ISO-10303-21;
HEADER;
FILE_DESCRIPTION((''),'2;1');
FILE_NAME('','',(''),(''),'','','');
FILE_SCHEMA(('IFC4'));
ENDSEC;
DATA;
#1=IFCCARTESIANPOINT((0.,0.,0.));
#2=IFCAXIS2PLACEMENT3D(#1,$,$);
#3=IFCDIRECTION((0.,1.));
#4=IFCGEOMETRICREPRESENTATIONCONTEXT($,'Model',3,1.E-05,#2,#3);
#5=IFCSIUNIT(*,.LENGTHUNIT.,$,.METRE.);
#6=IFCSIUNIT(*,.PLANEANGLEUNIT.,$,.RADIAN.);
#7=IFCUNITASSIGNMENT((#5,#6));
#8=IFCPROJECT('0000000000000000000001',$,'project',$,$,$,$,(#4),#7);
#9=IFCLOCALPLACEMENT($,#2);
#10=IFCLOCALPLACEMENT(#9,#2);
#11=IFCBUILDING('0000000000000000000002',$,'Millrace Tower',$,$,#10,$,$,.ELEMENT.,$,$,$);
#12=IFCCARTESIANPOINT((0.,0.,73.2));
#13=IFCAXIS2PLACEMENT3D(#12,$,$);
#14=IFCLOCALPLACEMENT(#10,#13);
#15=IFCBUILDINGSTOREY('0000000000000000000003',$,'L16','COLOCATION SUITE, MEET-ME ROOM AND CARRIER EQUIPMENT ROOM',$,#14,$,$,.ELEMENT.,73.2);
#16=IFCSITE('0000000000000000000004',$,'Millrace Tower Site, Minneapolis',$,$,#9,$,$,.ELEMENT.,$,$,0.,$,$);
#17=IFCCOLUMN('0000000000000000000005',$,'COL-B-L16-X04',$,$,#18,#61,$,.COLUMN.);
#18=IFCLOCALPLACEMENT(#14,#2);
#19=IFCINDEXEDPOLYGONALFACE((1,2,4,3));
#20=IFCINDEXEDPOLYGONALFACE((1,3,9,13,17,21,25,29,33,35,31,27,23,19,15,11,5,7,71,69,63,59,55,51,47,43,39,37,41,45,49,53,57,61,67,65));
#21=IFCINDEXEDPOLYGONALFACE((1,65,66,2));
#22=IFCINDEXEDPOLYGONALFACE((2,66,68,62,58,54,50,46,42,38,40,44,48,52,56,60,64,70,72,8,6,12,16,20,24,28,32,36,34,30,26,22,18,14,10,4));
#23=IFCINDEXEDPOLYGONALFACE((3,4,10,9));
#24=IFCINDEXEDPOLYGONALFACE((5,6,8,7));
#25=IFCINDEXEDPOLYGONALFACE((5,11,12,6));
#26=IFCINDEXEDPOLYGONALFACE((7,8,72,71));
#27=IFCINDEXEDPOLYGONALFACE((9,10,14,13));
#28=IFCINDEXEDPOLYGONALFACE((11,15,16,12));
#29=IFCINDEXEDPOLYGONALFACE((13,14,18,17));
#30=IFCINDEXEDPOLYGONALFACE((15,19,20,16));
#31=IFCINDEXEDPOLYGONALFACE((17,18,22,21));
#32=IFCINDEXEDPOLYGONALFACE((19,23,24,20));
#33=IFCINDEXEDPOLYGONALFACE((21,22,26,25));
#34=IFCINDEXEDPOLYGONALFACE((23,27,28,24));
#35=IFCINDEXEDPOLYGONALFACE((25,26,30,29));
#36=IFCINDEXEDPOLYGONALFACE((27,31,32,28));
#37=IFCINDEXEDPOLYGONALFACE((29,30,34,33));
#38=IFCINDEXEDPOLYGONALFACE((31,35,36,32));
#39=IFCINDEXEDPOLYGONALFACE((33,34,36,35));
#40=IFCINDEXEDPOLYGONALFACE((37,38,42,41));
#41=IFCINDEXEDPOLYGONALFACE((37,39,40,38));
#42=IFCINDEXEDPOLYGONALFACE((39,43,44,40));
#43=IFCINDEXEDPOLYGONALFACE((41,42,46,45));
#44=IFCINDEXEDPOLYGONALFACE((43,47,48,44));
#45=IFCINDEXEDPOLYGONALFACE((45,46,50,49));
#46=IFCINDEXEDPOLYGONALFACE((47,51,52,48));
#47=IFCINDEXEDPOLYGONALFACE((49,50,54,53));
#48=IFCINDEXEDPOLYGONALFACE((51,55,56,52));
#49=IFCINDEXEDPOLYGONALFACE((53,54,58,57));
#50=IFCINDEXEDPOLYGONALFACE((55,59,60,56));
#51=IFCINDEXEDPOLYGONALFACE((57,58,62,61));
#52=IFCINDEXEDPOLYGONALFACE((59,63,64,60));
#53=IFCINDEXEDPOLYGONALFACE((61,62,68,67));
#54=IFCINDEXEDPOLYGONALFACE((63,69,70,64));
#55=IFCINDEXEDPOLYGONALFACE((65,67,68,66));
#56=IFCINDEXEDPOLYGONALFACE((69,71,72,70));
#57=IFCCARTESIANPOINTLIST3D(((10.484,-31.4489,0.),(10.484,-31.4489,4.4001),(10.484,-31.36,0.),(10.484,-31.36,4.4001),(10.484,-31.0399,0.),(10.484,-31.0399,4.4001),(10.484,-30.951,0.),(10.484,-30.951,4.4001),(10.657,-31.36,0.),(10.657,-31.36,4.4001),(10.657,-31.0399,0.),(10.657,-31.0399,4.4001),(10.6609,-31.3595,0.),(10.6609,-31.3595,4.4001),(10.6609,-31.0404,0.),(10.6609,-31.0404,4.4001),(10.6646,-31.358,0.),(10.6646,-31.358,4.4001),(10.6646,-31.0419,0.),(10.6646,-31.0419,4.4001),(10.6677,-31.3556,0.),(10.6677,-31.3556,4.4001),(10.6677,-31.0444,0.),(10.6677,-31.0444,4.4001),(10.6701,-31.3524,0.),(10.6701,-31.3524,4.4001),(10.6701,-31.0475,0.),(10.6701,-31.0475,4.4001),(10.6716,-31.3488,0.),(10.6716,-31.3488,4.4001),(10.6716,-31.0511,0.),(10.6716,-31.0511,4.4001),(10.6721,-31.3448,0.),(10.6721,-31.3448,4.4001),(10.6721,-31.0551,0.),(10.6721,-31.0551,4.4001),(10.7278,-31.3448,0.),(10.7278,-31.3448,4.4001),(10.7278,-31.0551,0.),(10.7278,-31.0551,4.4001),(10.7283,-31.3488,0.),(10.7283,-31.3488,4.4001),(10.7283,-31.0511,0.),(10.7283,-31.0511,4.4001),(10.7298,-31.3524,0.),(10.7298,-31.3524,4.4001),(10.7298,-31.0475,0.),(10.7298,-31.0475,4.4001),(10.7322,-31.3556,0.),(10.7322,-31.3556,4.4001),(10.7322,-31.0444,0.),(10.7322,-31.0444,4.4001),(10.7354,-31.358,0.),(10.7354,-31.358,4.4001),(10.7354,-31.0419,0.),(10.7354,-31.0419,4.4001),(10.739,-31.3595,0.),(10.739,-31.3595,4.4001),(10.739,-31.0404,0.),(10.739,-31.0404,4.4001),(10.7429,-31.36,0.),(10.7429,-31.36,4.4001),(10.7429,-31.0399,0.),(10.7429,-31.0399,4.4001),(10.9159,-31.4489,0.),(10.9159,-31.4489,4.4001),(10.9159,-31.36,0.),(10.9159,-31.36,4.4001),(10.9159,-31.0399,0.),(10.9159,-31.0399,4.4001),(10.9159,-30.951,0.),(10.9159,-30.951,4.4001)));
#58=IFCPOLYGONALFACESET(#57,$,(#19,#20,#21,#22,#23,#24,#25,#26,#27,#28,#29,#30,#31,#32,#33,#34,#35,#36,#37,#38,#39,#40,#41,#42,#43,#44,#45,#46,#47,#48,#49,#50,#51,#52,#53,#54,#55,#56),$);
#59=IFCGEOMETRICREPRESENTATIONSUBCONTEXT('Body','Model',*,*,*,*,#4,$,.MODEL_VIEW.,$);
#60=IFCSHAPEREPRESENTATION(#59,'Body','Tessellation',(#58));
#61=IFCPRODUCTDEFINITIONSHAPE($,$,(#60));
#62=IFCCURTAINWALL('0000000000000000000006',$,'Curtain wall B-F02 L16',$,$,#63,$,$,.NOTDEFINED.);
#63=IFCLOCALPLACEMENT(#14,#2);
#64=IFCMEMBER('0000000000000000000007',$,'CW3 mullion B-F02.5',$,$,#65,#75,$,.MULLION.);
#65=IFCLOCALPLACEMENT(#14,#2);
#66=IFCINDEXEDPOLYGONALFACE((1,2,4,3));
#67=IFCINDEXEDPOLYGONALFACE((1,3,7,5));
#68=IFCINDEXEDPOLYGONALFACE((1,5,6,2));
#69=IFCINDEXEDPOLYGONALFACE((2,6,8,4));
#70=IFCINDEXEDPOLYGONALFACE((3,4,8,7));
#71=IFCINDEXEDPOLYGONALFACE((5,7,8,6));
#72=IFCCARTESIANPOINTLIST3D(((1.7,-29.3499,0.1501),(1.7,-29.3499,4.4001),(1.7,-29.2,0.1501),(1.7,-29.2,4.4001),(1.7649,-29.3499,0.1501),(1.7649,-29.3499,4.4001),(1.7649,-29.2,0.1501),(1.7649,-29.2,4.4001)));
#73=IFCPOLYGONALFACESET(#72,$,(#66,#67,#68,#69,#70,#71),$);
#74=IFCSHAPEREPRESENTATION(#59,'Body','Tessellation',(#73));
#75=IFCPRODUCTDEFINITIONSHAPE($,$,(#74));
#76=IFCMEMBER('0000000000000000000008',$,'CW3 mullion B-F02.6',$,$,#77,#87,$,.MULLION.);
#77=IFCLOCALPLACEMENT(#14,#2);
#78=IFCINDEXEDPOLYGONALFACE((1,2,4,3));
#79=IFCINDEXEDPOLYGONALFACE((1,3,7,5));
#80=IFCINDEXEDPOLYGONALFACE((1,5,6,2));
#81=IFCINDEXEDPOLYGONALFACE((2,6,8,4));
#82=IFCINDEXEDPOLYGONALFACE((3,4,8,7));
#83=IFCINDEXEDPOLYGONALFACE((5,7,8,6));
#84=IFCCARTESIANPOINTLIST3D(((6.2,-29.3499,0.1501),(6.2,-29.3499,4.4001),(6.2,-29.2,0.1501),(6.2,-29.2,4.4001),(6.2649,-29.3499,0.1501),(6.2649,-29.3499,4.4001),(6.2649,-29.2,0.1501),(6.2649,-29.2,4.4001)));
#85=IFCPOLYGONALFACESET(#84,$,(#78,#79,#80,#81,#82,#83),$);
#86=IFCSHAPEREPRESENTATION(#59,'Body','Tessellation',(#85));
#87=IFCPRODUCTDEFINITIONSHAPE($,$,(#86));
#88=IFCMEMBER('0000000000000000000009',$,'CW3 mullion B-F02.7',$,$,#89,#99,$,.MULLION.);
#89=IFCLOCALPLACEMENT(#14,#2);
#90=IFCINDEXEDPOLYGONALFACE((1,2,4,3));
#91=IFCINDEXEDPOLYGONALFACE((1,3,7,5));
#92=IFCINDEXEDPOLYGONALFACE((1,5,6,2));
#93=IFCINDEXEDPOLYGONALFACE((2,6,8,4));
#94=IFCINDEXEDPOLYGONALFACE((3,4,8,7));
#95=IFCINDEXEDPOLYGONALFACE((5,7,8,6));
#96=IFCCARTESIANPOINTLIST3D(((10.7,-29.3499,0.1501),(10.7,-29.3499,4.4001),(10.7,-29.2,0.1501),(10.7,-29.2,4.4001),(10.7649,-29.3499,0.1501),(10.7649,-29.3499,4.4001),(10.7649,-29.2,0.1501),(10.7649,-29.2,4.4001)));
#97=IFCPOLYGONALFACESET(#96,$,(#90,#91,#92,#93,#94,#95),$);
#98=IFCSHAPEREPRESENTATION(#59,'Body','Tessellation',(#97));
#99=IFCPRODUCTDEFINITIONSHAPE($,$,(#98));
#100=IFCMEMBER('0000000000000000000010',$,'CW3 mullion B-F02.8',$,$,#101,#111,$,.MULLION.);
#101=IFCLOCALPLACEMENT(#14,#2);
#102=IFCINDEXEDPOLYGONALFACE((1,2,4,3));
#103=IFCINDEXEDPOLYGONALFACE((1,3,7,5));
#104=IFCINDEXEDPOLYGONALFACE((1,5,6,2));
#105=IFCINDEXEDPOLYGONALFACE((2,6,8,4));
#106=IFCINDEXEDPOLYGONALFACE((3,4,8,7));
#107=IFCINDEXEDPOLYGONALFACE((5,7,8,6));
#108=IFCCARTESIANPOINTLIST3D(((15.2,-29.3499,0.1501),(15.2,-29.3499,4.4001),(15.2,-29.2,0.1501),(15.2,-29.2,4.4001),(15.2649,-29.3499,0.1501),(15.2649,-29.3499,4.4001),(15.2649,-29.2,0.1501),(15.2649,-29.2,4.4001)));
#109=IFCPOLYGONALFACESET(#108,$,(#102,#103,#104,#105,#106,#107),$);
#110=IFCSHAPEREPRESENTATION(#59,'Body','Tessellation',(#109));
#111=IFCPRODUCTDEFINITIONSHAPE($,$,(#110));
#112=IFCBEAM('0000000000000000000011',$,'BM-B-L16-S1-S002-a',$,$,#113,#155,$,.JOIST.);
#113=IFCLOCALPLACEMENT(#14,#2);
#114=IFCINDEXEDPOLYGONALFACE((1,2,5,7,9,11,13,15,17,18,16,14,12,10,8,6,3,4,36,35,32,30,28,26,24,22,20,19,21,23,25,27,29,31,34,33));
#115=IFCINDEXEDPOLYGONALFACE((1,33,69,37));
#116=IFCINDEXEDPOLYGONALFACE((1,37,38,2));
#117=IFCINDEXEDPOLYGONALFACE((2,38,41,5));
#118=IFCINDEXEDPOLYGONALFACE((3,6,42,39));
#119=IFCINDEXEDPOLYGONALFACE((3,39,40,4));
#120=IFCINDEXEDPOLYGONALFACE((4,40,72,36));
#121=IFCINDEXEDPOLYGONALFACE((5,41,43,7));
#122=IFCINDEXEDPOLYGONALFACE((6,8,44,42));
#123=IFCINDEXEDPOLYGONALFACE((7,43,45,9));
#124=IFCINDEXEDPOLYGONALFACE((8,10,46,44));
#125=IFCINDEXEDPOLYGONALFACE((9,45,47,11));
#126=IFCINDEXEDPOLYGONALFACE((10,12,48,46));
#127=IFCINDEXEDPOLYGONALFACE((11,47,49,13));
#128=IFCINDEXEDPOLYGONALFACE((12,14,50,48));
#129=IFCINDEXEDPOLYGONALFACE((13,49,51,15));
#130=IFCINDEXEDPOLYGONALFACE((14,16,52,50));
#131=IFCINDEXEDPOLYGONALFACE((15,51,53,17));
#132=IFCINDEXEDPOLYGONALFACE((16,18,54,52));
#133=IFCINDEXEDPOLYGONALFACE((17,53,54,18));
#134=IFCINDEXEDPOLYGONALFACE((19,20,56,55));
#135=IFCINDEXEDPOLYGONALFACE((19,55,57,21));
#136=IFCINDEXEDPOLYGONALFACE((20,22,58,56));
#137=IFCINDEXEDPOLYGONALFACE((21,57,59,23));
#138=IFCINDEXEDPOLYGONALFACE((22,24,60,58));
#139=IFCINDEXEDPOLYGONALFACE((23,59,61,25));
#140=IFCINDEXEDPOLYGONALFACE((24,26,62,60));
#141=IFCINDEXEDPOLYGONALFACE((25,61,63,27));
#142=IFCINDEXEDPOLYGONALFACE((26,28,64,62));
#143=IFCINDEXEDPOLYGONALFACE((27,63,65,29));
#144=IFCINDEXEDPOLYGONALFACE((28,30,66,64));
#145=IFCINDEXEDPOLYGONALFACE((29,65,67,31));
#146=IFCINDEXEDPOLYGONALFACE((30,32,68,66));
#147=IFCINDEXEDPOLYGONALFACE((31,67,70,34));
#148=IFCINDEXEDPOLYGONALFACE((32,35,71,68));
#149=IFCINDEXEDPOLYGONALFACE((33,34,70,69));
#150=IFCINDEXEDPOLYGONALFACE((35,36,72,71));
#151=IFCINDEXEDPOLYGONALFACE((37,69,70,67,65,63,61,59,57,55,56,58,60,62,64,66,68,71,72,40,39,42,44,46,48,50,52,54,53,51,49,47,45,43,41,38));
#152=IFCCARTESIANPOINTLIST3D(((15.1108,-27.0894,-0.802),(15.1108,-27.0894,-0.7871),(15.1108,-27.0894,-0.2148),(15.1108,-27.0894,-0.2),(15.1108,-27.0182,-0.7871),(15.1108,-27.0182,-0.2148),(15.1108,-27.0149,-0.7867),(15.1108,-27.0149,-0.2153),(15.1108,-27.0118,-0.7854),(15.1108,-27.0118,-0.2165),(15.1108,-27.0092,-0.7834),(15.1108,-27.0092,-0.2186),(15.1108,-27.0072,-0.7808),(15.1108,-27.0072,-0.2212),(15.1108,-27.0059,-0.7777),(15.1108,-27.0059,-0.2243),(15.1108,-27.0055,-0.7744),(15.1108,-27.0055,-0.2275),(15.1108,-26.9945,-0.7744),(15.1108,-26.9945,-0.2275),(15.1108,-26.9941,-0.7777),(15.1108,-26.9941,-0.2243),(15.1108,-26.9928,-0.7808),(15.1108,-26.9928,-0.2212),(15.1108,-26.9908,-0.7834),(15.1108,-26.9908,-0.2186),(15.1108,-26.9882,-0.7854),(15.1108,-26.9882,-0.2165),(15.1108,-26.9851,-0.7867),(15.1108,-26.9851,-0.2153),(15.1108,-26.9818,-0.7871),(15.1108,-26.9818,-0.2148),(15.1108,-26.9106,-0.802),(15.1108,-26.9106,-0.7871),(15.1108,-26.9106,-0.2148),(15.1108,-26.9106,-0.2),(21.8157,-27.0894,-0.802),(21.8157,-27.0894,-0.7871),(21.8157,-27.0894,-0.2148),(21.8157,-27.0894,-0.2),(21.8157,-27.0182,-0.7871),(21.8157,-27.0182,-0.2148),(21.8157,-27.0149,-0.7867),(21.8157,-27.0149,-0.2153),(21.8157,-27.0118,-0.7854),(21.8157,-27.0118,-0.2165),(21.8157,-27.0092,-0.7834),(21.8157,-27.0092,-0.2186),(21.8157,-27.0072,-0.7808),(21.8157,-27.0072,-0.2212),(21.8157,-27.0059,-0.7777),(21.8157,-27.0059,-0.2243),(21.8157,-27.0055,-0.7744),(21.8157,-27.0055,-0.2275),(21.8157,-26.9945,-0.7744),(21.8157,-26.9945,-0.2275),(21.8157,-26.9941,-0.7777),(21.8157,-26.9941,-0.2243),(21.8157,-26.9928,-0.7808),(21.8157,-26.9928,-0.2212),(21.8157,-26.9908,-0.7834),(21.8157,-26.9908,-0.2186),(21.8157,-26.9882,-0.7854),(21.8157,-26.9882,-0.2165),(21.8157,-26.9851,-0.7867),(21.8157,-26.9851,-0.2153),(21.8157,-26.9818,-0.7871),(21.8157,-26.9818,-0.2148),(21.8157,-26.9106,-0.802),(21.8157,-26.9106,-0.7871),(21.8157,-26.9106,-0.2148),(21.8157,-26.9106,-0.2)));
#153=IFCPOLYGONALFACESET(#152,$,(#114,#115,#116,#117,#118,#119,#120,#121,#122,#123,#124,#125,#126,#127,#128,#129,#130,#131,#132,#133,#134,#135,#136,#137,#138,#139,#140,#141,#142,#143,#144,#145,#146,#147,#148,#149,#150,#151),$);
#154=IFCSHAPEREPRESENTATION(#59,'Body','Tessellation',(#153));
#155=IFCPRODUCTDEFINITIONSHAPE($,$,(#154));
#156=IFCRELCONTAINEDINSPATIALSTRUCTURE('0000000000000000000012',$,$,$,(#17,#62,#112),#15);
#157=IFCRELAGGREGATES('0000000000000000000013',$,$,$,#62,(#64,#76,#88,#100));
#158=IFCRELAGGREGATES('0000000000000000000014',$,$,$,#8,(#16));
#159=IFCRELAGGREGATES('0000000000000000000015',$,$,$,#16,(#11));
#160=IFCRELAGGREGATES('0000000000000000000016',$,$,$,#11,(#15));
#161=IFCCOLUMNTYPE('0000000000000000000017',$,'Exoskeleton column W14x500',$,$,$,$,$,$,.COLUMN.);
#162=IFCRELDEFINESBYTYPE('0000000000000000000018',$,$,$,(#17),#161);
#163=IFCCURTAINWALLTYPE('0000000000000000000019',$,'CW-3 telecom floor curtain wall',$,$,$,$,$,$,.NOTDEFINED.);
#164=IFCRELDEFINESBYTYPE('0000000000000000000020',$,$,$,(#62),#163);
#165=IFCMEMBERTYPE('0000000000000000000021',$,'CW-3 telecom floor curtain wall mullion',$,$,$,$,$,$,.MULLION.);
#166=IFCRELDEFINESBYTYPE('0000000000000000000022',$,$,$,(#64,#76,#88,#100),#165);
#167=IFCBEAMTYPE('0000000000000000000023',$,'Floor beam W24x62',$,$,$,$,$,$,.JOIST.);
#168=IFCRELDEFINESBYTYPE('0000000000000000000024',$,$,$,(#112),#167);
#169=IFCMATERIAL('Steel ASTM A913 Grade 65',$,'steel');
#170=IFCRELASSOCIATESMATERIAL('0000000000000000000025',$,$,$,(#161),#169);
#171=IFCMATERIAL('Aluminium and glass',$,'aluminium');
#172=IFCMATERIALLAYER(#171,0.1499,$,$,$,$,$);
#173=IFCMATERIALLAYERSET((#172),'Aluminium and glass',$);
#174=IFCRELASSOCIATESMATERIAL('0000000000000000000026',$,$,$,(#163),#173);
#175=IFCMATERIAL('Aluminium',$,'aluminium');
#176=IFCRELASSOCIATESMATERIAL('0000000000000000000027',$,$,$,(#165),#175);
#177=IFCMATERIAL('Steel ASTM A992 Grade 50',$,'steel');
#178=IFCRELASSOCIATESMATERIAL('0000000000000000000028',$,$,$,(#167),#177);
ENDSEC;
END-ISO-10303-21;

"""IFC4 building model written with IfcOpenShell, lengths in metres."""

from ifc_helpers import new_model, si_unit, direction, frame, origin, origin_2d, place, context, subcontext, project, spatial, rectangle, i_section, extrude, material, layer, layer_set, material_profile, profile_set, type_object, element, aggregate, save


model = new_model("IFC4")

# Units and contexts
model_context = context("Model", 3, precision=1e-05, world=origin(), true_north=direction((0.0, 1.0)))
body_context = subcontext(model_context, "Body", "Model", "MODEL_VIEW")
ifc_project = project(units=[si_unit("LENGTHUNIT", "METRE"), si_unit("PLANEANGLEUNIT", "RADIAN")], contexts=[model_context])

# Site, building, storey
site_placement = place(None, origin())
site = spatial("IfcSite", under=ifc_project, at=site_placement, Name="Millrace Tower Site, Minneapolis", CompositionType="ELEMENT", RefElevation=0.0)
building_placement = place(site_placement, origin())
building = spatial("IfcBuilding", under=site, at=building_placement, Name="Millrace Tower", CompositionType="ELEMENT")
storey_placement = place(building_placement, frame((0.0, 0.0, 73.2)))
storey = spatial("IfcBuildingStorey", under=building, at=storey_placement, Name="L16", Description="COLOCATION SUITE, MEET-ME ROOM AND CARRIER EQUIPMENT ROOM", CompositionType="ELEMENT", Elevation=73.2)

# Column
ifc_material_1 = material(Name="Steel ASTM A913 Grade 65", Category="steel")
ifc_material_profile_1 = material_profile(ifc_material_1, i_section(OverallWidth=0.4319, OverallDepth=0.4978, WebThickness=0.0557, FlangeThickness=0.0889, FilletRadius=0.0151, at=origin_2d()))
ifc_profile_set_1 = profile_set([ifc_material_profile_1], Name="Steel ASTM A913 Grade 65")
column_type = type_object("IfcColumnType", Name="Exoskeleton column W14x500", PredefinedType="COLUMN", material=ifc_profile_set_1)
column_placement = place(storey_placement, frame((10.7, -31.2, 0.0), z_axis=(0.0, 0.0, 1.0), x_axis=(1.0, 0.0, 0.0)))
element("IfcColumn", 1, at=column_placement, inside=storey, type_object=column_type, Name="COL-B-L16-X04", PredefinedType="COLUMN", context=body_context, shape_type="SweptSolid", body=[
    extrude(i_section(OverallWidth=0.4319, OverallDepth=0.4978, WebThickness=0.0557, FlangeThickness=0.0889, FilletRadius=0.0151, at=origin_2d()), origin(), (0.0, 0.0, 1.0), 4.4001),
])

# Curtain wall, members
ifc_material_2 = material(Name="Aluminium and glass", Category="aluminium")
ifc_layer_1 = layer(ifc_material_2, 0.1499)
ifc_layer_set_1 = layer_set([ifc_layer_1], Name="Aluminium and glass")
curtain_wall_type = type_object("IfcCurtainWallType", Name="CW-3 telecom floor curtain wall", PredefinedType="NOTDEFINED", material=ifc_layer_set_1)
curtain_wall_placement = place(storey_placement, origin())
curtain_wall = element("IfcCurtainWall", 2, at=curtain_wall_placement, inside=storey, type_object=curtain_wall_type, Name="Curtain wall B-F02 L16", PredefinedType="NOTDEFINED")
ifc_material_3 = material(Name="Aluminium", Category="aluminium")
ifc_material_profile_2 = material_profile(ifc_material_3, rectangle(XDim=0.0649, YDim=0.1499, at=origin_2d()))
ifc_profile_set_2 = profile_set([ifc_material_profile_2], Name="Aluminium")
member_type = type_object("IfcMemberType", Name="CW-3 telecom floor curtain wall mullion", PredefinedType="MULLION", material=ifc_profile_set_2)
member_1_placement = place(storey_placement, frame((1.7324, -29.2749, 0.1501), z_axis=(0.0, 0.0, 1.0), x_axis=(1.0, 0.0, 0.0)))
member_1 = element("IfcMember", 3, at=member_1_placement, type_object=member_type, Name="CW3 mullion B-F02.5", PredefinedType="MULLION", context=body_context, shape_type="SweptSolid", body=[
    extrude(rectangle(XDim=0.0649, YDim=0.1499, at=origin_2d()), origin(), (0.0, 0.0, 1.0), 4.25),
])
member_2_placement = place(storey_placement, frame((6.2324, -29.2749, 0.1501), z_axis=(0.0, 0.0, 1.0), x_axis=(1.0, 0.0, 0.0)))
member_2 = element("IfcMember", 4, at=member_2_placement, type_object=member_type, Name="CW3 mullion B-F02.6", PredefinedType="MULLION", context=body_context, shape_type="SweptSolid", body=[
    extrude(rectangle(XDim=0.0649, YDim=0.1499, at=origin_2d()), origin(), (0.0, 0.0, 1.0), 4.25),
])
member_3_placement = place(storey_placement, frame((10.7324, -29.2749, 0.1501), z_axis=(0.0, 0.0, 1.0), x_axis=(1.0, 0.0, 0.0)))
member_3 = element("IfcMember", 5, at=member_3_placement, type_object=member_type, Name="CW3 mullion B-F02.7", PredefinedType="MULLION", context=body_context, shape_type="SweptSolid", body=[
    extrude(rectangle(XDim=0.0649, YDim=0.1499, at=origin_2d()), origin(), (0.0, 0.0, 1.0), 4.25),
])
member_4_placement = place(storey_placement, frame((15.2324, -29.2749, 0.1501), z_axis=(0.0, 0.0, 1.0), x_axis=(1.0, 0.0, 0.0)))
member_4 = element("IfcMember", 6, at=member_4_placement, type_object=member_type, Name="CW3 mullion B-F02.8", PredefinedType="MULLION", context=body_context, shape_type="SweptSolid", body=[
    extrude(rectangle(XDim=0.0649, YDim=0.1499, at=origin_2d()), origin(), (0.0, 0.0, 1.0), 4.25),
])
aggregate(curtain_wall, [member_1, member_2, member_3, member_4])

# Beam
ifc_material_4 = material(Name="Steel ASTM A992 Grade 50", Category="steel")
ifc_material_profile_3 = material_profile(ifc_material_4, i_section(OverallWidth=0.1787, OverallDepth=0.6021, WebThickness=0.011, FlangeThickness=0.0149, FilletRadius=0.0127, at=origin_2d()))
ifc_profile_set_3 = profile_set([ifc_material_profile_3], Name="Steel ASTM A992 Grade 50")
beam_type_1 = type_object("IfcBeamType", Name="Floor beam W24x62", PredefinedType="JOIST", material=ifc_profile_set_3)
beam_1_placement = place(storey_placement, frame((15.1108, -27.0, -0.501), z_axis=(1.0, 0.0, 0.0), x_axis=(0.0, 1.0, 0.0)))
element("IfcBeam", 7, at=beam_1_placement, inside=storey, type_object=beam_type_1, Name="BM-B-L16-S1-S002-a", PredefinedType="JOIST", context=body_context, shape_type="SweptSolid", body=[
    extrude(i_section(OverallWidth=0.1787, OverallDepth=0.6021, WebThickness=0.011, FlangeThickness=0.0149, FilletRadius=0.0127, at=origin_2d()), origin(), (0.0, 0.0, 1.0), 6.7048),
])

save(model, "model.ifc")
